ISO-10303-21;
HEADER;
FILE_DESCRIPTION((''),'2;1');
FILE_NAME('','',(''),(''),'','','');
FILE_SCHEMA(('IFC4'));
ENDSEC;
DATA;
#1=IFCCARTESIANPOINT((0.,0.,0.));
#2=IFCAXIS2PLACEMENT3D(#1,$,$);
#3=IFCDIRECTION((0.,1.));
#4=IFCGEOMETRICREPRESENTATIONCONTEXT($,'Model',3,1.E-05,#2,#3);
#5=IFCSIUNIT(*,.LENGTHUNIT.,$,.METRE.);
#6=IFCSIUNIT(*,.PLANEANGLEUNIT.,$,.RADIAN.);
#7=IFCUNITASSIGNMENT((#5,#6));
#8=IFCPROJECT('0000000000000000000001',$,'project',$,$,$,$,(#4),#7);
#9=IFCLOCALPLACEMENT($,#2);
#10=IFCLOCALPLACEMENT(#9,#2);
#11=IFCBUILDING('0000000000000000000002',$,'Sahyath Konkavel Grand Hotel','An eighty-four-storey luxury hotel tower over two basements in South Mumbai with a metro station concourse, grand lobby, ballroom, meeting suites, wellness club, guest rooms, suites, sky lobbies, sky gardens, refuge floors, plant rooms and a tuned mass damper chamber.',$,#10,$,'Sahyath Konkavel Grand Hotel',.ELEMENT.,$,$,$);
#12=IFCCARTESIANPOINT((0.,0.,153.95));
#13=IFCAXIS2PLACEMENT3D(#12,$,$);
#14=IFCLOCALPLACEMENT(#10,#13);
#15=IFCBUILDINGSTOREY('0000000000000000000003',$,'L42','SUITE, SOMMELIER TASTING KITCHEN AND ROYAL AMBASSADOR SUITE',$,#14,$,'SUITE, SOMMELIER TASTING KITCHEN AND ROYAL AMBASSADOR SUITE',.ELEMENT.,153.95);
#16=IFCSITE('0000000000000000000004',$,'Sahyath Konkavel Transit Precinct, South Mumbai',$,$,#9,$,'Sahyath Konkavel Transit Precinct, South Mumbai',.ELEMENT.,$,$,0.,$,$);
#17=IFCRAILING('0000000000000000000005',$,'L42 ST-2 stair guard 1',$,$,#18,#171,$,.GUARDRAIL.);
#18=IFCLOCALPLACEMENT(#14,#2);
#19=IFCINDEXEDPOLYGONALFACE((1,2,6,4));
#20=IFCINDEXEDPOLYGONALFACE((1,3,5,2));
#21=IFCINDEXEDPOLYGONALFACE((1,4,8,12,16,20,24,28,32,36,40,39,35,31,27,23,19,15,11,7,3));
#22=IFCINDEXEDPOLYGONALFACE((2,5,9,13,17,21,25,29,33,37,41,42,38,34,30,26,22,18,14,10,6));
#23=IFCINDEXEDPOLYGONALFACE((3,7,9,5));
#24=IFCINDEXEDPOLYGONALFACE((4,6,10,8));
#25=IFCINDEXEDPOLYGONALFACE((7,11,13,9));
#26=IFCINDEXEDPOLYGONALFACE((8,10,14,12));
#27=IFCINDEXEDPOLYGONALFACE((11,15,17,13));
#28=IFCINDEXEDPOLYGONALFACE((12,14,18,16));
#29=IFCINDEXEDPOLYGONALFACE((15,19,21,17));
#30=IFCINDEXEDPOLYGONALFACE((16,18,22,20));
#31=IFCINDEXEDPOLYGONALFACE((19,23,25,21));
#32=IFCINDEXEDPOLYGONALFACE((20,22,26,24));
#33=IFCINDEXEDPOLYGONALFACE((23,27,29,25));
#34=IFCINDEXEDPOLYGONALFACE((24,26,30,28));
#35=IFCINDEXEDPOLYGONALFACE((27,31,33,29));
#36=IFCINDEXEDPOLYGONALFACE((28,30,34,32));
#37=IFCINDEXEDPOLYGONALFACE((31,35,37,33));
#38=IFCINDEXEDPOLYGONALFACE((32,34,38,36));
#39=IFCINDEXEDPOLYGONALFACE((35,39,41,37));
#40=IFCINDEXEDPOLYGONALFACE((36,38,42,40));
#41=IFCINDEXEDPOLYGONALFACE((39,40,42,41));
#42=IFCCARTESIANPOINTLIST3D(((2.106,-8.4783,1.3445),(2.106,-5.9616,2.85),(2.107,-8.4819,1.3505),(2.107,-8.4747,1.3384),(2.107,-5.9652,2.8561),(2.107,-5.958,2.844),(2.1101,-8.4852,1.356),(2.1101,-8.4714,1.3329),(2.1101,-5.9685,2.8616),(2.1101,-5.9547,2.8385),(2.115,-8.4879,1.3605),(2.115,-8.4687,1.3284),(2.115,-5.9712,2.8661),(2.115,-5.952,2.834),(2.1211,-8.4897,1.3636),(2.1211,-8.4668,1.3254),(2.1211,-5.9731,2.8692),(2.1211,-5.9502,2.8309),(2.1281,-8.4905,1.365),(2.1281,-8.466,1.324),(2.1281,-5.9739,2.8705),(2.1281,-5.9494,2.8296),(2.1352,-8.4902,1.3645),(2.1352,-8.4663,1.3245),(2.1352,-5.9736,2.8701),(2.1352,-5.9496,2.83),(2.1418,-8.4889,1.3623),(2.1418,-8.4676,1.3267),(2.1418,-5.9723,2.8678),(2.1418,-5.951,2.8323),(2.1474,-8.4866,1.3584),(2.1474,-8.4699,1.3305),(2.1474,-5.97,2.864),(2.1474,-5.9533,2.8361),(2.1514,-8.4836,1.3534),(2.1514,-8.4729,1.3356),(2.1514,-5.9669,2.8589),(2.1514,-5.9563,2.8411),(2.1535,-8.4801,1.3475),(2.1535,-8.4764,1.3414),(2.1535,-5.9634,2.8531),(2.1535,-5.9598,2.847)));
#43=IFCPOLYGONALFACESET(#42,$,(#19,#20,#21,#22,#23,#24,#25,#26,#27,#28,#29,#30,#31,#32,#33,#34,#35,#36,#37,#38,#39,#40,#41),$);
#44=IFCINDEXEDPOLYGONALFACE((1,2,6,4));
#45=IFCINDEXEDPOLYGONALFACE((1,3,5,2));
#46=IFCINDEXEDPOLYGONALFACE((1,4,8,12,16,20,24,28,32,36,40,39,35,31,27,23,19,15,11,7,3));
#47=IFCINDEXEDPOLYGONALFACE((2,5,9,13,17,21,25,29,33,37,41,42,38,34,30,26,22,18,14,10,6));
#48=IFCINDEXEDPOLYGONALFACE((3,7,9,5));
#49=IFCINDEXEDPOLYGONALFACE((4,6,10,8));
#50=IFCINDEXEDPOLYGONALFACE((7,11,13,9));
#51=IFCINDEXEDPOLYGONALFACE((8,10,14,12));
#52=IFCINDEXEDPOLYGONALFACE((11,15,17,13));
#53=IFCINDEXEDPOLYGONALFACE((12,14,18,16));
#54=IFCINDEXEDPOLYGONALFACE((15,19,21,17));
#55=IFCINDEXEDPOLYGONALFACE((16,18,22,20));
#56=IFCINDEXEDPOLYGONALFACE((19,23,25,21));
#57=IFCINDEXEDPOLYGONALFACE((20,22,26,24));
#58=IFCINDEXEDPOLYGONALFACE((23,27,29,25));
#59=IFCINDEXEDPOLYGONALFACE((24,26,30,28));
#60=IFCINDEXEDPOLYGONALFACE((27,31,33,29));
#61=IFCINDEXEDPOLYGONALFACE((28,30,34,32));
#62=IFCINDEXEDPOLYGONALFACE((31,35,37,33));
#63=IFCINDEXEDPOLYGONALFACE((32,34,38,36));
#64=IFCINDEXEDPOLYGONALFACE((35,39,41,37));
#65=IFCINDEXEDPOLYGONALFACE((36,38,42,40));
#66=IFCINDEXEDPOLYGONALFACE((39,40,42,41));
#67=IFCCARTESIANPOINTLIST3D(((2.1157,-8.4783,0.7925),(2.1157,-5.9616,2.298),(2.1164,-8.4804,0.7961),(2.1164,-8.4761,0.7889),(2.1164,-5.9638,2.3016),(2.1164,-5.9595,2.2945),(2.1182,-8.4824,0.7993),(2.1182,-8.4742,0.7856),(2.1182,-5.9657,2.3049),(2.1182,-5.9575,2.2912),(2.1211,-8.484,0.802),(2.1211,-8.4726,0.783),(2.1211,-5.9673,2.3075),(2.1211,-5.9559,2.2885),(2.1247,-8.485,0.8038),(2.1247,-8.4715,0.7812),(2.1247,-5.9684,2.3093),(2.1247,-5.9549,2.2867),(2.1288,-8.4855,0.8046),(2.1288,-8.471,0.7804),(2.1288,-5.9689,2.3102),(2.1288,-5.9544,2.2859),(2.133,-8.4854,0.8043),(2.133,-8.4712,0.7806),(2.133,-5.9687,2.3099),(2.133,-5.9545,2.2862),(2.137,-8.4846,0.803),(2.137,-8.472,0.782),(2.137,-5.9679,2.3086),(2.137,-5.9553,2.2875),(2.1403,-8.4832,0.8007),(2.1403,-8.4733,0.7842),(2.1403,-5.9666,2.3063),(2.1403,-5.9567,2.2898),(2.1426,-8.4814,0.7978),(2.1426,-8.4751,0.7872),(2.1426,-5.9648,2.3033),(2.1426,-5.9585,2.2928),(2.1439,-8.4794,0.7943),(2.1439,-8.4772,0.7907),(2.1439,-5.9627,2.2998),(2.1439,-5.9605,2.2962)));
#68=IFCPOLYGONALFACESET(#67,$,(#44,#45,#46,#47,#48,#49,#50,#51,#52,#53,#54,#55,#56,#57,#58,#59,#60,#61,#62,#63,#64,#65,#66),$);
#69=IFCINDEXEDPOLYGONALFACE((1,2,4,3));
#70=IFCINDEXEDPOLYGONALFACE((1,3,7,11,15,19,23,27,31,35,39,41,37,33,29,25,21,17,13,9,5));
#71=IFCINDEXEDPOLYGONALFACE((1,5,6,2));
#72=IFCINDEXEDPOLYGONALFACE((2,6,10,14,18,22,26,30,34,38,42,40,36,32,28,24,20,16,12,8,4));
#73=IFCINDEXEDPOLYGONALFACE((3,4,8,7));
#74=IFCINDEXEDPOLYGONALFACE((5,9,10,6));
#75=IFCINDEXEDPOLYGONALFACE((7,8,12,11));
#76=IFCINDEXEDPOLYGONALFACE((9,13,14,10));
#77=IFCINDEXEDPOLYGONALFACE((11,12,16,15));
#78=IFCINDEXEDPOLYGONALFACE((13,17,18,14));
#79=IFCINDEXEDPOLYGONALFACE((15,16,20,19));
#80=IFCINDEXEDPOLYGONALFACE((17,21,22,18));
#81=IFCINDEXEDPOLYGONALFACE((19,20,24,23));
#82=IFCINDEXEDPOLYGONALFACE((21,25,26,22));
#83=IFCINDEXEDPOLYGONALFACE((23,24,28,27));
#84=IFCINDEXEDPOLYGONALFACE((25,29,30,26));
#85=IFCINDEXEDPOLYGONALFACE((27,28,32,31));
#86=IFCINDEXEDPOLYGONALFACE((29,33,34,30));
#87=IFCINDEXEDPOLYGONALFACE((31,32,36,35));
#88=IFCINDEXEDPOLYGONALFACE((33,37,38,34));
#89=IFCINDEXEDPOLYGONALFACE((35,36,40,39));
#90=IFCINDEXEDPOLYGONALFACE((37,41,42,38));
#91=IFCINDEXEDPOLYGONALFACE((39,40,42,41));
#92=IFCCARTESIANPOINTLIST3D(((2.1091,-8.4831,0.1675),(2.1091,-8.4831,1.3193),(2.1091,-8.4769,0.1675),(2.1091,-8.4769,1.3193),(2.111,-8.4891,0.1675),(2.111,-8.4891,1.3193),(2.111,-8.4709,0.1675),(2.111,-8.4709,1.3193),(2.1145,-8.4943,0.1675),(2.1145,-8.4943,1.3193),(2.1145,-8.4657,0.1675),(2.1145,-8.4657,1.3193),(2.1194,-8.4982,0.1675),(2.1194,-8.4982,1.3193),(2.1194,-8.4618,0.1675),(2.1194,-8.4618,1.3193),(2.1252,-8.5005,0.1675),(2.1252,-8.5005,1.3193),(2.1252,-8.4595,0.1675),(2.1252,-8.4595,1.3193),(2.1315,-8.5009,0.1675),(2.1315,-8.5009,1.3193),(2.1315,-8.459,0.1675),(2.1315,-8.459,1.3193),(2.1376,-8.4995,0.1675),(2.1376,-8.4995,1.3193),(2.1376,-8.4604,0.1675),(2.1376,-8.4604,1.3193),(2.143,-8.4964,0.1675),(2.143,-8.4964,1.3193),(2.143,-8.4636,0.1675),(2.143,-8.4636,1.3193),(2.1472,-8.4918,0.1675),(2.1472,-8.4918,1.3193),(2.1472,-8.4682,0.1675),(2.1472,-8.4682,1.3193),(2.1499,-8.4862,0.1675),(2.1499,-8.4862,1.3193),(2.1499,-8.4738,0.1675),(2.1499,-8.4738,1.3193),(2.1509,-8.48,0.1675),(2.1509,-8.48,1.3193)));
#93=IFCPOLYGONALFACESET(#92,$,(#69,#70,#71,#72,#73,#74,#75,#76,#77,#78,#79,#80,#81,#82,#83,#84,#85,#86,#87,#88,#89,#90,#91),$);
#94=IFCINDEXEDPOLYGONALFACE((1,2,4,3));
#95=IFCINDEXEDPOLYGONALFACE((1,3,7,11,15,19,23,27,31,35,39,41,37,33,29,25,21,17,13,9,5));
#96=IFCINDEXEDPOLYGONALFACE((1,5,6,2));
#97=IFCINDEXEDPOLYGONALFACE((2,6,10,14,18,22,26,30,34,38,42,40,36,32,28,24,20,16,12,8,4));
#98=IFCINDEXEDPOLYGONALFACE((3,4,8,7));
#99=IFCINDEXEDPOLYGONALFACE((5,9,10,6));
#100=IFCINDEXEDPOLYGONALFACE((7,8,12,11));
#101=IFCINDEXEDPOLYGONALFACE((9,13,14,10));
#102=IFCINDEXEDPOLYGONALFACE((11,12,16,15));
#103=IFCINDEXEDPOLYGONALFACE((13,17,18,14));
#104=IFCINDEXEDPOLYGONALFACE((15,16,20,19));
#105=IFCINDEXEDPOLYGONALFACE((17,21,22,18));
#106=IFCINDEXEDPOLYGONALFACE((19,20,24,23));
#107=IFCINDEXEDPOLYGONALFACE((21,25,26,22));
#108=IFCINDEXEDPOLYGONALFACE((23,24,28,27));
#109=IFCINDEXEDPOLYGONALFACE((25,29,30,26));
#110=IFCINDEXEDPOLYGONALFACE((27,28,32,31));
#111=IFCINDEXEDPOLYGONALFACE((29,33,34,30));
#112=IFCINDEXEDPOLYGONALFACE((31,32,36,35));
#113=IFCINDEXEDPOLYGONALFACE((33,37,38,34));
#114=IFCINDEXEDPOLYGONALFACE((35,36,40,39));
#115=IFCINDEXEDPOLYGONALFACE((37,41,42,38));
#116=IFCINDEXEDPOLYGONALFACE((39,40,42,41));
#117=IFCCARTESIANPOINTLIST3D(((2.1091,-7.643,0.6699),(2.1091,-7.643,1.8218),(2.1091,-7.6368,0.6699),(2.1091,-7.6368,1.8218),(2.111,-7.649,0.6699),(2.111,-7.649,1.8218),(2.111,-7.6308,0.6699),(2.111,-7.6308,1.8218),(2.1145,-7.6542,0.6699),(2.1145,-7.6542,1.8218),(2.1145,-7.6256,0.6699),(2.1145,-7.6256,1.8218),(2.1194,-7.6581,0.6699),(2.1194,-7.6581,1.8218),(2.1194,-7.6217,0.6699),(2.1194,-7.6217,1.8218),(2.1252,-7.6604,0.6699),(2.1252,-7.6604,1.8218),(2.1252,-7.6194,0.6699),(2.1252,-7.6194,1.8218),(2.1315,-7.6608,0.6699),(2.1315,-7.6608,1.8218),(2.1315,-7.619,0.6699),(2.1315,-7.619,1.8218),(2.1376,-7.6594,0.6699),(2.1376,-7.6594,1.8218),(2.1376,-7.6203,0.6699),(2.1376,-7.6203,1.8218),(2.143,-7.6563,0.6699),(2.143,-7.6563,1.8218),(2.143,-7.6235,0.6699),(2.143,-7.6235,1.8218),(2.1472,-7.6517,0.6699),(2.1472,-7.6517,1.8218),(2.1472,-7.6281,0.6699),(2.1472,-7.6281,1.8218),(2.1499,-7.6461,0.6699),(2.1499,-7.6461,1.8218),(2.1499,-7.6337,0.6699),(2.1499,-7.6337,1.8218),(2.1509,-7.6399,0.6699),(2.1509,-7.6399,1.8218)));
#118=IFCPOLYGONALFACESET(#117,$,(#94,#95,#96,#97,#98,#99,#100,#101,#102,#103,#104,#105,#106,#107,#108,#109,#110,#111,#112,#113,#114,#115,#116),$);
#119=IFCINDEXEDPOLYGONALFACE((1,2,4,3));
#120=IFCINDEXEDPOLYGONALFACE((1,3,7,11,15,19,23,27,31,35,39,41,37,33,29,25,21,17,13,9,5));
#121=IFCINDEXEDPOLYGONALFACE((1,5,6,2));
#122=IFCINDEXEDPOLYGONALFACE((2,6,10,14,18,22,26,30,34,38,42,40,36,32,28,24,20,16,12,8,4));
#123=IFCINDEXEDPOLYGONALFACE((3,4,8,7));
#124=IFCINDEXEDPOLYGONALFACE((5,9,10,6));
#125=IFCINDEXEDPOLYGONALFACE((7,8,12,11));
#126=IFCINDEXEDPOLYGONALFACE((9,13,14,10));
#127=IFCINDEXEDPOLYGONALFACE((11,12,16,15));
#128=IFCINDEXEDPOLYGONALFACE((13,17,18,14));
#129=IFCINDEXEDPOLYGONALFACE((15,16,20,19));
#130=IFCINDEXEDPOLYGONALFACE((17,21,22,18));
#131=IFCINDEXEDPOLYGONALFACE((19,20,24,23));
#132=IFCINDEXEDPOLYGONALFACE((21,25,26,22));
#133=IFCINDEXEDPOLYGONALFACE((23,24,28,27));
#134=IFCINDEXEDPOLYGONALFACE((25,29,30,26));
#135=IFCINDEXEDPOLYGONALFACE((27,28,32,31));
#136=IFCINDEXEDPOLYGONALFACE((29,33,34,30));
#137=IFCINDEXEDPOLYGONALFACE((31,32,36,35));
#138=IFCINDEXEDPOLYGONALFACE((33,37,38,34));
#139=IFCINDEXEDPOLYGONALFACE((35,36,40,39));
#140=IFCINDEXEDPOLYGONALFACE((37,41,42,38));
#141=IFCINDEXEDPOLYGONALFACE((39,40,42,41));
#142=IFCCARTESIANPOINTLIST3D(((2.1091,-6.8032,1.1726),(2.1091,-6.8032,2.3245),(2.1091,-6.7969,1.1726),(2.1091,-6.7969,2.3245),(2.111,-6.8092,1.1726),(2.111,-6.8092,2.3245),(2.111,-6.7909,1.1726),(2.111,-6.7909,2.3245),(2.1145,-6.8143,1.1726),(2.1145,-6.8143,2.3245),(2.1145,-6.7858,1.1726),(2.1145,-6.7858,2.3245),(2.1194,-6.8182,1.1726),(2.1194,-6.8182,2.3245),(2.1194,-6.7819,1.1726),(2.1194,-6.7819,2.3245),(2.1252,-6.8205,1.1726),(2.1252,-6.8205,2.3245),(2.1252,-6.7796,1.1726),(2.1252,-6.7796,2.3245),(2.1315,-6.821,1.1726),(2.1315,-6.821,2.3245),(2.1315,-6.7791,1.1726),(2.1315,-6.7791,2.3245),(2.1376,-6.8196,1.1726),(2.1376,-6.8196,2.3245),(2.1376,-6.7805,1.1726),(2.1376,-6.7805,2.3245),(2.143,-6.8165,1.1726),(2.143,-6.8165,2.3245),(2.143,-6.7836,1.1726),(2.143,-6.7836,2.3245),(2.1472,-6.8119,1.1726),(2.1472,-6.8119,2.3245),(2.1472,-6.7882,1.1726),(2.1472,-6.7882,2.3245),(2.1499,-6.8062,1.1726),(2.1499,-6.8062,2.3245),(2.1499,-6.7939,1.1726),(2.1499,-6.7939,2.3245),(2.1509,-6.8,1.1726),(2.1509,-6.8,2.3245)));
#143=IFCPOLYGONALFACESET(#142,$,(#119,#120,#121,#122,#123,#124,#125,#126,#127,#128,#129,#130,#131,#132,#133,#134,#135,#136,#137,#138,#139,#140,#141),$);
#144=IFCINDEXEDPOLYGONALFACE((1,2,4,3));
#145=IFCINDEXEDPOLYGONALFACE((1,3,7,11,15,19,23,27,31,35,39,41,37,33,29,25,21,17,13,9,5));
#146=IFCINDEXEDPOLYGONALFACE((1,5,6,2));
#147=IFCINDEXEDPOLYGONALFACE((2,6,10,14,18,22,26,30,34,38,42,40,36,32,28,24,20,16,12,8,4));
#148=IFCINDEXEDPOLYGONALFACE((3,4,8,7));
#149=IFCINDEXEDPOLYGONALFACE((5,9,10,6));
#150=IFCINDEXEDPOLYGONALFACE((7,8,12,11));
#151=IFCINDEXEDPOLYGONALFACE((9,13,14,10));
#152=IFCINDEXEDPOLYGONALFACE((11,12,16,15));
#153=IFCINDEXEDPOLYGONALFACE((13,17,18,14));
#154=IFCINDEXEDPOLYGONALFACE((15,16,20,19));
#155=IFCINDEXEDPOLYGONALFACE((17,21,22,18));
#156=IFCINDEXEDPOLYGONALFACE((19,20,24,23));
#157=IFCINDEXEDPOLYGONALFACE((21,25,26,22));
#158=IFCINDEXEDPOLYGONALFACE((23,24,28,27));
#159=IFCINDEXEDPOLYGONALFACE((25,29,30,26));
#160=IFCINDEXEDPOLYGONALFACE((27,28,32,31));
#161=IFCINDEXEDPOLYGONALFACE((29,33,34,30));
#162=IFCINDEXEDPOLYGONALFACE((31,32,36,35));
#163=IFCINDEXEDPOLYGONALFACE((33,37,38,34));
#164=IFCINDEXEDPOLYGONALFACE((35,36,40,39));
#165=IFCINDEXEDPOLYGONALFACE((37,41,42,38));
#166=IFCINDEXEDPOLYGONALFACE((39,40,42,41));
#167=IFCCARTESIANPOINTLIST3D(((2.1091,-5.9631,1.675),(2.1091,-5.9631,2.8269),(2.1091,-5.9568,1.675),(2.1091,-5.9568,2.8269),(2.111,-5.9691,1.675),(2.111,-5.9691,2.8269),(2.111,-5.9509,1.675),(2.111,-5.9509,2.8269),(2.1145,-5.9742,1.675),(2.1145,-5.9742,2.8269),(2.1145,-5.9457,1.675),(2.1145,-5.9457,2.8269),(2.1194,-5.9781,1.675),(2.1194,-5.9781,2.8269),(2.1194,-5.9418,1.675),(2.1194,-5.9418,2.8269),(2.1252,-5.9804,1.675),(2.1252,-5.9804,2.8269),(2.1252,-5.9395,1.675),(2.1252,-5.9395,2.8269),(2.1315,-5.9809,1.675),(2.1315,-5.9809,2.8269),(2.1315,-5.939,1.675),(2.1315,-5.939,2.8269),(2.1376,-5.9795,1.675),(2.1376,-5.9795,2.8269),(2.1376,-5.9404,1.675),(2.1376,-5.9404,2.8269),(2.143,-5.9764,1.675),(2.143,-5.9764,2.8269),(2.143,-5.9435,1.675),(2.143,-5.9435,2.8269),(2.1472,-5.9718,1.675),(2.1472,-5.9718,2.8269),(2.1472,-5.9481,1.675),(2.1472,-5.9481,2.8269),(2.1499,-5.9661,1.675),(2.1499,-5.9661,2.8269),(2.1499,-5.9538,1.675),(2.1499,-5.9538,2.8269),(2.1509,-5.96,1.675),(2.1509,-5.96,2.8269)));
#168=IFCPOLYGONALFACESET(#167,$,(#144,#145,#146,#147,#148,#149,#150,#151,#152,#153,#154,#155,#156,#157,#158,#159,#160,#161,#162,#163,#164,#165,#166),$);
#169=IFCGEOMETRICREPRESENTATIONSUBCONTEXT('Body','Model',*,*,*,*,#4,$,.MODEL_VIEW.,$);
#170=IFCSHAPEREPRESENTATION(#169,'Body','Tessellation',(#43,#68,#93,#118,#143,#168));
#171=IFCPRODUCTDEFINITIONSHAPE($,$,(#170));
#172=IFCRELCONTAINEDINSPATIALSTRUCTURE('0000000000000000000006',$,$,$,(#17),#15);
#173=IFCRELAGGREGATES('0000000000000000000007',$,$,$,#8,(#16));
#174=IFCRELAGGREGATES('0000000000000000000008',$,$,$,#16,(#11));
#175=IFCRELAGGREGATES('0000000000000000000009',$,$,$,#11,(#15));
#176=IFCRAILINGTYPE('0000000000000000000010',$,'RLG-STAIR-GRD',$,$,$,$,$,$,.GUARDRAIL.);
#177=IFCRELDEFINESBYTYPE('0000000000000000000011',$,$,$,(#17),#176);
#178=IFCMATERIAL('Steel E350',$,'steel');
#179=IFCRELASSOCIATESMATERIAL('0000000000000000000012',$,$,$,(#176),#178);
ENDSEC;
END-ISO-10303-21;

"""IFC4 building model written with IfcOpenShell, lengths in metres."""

from ifc_helpers import new_model, si_unit, direction, frame, origin, origin_2d, place, context, subcontext, project, spatial, circle, extrude, material, type_object, element, save


model = new_model("IFC4")

# Units and contexts
model_context = context("Model", 3, precision=1e-05, world=origin(), true_north=direction((0.0, 1.0)))
body_context = subcontext(model_context, "Body", "Model", "MODEL_VIEW")
ifc_project = project(units=[si_unit("LENGTHUNIT", "METRE"), si_unit("PLANEANGLEUNIT", "RADIAN")], contexts=[model_context])

# Site, building, storey
site_placement = place(None, origin())
site = spatial("IfcSite", under=ifc_project, at=site_placement, Name="Sahyath Konkavel Transit Precinct, South Mumbai", LongName="Sahyath Konkavel Transit Precinct, South Mumbai", CompositionType="ELEMENT", RefElevation=0.0)
building_placement = place(site_placement, origin())
building = spatial("IfcBuilding", under=site, at=building_placement, Name="Sahyath Konkavel Grand Hotel", Description="An eighty-four-storey luxury hotel tower over two basements in South Mumbai with a metro station concourse, grand lobby, ballroom, meeting suites, wellness club, guest rooms, suites, sky lobbies, sky gardens, refuge floors, plant rooms and a tuned mass damper chamber.", LongName="Sahyath Konkavel Grand Hotel", CompositionType="ELEMENT")
storey_placement = place(building_placement, frame((0.0, 0.0, 153.95)))
storey = spatial("IfcBuildingStorey", under=building, at=storey_placement, Name="L42", Description="SUITE, SOMMELIER TASTING KITCHEN AND ROYAL AMBASSADOR SUITE", LongName="SUITE, SOMMELIER TASTING KITCHEN AND ROYAL AMBASSADOR SUITE", CompositionType="ELEMENT", Elevation=153.95)

# Shared definitions
ifc_material_1 = material(Name="Steel E350", Category="steel")

# Railing
railing_type_1 = type_object("IfcRailingType", Name="RLG-STAIR-GRD", PredefinedType="GUARDRAIL", material=ifc_material_1)
railing_1_placement = place(storey_placement, frame((2.1299, -8.48, 0.1675)))
element("IfcRailing", 1, at=railing_1_placement, inside=storey, type_object=railing_type_1, Name="L42 ST-2 stair guard 1", PredefinedType="GUARDRAIL", context=body_context, shape_type="SweptSolid", body=[
    extrude(circle(Radius=0.0239, at=origin_2d()), frame((0.0, 0.0017, 1.177), z_axis=(0.0, 0.85816, 0.513383), x_axis=(-1.0, 0.0, 0.0)), (0.0, 0.0, 1.0), 2.9326),
    extrude(circle(Radius=0.0142, at=origin_2d()), frame((0.0, 0.0017, 0.625), z_axis=(0.0, 0.85816, 0.513383), x_axis=(-1.0, 0.0, 0.0)), (0.0, 0.0, 1.0), 2.9326),
    extrude(circle(Radius=0.021, at=origin_2d()), origin(), (0.0, 0.0, 1.0), 1.1519),
    extrude(circle(Radius=0.021, at=origin_2d()), frame((0.0, 0.8401, 0.5024)), (0.0, 0.0, 1.0), 1.1519),
    extrude(circle(Radius=0.021, at=origin_2d()), frame((0.0, 1.6799, 1.0051)), (0.0, 0.0, 1.0), 1.1519),
    extrude(circle(Radius=0.021, at=origin_2d()), frame((0.0, 2.52, 1.5076)), (0.0, 0.0, 1.0), 1.1519),
])

save(model, "model.ifc")
